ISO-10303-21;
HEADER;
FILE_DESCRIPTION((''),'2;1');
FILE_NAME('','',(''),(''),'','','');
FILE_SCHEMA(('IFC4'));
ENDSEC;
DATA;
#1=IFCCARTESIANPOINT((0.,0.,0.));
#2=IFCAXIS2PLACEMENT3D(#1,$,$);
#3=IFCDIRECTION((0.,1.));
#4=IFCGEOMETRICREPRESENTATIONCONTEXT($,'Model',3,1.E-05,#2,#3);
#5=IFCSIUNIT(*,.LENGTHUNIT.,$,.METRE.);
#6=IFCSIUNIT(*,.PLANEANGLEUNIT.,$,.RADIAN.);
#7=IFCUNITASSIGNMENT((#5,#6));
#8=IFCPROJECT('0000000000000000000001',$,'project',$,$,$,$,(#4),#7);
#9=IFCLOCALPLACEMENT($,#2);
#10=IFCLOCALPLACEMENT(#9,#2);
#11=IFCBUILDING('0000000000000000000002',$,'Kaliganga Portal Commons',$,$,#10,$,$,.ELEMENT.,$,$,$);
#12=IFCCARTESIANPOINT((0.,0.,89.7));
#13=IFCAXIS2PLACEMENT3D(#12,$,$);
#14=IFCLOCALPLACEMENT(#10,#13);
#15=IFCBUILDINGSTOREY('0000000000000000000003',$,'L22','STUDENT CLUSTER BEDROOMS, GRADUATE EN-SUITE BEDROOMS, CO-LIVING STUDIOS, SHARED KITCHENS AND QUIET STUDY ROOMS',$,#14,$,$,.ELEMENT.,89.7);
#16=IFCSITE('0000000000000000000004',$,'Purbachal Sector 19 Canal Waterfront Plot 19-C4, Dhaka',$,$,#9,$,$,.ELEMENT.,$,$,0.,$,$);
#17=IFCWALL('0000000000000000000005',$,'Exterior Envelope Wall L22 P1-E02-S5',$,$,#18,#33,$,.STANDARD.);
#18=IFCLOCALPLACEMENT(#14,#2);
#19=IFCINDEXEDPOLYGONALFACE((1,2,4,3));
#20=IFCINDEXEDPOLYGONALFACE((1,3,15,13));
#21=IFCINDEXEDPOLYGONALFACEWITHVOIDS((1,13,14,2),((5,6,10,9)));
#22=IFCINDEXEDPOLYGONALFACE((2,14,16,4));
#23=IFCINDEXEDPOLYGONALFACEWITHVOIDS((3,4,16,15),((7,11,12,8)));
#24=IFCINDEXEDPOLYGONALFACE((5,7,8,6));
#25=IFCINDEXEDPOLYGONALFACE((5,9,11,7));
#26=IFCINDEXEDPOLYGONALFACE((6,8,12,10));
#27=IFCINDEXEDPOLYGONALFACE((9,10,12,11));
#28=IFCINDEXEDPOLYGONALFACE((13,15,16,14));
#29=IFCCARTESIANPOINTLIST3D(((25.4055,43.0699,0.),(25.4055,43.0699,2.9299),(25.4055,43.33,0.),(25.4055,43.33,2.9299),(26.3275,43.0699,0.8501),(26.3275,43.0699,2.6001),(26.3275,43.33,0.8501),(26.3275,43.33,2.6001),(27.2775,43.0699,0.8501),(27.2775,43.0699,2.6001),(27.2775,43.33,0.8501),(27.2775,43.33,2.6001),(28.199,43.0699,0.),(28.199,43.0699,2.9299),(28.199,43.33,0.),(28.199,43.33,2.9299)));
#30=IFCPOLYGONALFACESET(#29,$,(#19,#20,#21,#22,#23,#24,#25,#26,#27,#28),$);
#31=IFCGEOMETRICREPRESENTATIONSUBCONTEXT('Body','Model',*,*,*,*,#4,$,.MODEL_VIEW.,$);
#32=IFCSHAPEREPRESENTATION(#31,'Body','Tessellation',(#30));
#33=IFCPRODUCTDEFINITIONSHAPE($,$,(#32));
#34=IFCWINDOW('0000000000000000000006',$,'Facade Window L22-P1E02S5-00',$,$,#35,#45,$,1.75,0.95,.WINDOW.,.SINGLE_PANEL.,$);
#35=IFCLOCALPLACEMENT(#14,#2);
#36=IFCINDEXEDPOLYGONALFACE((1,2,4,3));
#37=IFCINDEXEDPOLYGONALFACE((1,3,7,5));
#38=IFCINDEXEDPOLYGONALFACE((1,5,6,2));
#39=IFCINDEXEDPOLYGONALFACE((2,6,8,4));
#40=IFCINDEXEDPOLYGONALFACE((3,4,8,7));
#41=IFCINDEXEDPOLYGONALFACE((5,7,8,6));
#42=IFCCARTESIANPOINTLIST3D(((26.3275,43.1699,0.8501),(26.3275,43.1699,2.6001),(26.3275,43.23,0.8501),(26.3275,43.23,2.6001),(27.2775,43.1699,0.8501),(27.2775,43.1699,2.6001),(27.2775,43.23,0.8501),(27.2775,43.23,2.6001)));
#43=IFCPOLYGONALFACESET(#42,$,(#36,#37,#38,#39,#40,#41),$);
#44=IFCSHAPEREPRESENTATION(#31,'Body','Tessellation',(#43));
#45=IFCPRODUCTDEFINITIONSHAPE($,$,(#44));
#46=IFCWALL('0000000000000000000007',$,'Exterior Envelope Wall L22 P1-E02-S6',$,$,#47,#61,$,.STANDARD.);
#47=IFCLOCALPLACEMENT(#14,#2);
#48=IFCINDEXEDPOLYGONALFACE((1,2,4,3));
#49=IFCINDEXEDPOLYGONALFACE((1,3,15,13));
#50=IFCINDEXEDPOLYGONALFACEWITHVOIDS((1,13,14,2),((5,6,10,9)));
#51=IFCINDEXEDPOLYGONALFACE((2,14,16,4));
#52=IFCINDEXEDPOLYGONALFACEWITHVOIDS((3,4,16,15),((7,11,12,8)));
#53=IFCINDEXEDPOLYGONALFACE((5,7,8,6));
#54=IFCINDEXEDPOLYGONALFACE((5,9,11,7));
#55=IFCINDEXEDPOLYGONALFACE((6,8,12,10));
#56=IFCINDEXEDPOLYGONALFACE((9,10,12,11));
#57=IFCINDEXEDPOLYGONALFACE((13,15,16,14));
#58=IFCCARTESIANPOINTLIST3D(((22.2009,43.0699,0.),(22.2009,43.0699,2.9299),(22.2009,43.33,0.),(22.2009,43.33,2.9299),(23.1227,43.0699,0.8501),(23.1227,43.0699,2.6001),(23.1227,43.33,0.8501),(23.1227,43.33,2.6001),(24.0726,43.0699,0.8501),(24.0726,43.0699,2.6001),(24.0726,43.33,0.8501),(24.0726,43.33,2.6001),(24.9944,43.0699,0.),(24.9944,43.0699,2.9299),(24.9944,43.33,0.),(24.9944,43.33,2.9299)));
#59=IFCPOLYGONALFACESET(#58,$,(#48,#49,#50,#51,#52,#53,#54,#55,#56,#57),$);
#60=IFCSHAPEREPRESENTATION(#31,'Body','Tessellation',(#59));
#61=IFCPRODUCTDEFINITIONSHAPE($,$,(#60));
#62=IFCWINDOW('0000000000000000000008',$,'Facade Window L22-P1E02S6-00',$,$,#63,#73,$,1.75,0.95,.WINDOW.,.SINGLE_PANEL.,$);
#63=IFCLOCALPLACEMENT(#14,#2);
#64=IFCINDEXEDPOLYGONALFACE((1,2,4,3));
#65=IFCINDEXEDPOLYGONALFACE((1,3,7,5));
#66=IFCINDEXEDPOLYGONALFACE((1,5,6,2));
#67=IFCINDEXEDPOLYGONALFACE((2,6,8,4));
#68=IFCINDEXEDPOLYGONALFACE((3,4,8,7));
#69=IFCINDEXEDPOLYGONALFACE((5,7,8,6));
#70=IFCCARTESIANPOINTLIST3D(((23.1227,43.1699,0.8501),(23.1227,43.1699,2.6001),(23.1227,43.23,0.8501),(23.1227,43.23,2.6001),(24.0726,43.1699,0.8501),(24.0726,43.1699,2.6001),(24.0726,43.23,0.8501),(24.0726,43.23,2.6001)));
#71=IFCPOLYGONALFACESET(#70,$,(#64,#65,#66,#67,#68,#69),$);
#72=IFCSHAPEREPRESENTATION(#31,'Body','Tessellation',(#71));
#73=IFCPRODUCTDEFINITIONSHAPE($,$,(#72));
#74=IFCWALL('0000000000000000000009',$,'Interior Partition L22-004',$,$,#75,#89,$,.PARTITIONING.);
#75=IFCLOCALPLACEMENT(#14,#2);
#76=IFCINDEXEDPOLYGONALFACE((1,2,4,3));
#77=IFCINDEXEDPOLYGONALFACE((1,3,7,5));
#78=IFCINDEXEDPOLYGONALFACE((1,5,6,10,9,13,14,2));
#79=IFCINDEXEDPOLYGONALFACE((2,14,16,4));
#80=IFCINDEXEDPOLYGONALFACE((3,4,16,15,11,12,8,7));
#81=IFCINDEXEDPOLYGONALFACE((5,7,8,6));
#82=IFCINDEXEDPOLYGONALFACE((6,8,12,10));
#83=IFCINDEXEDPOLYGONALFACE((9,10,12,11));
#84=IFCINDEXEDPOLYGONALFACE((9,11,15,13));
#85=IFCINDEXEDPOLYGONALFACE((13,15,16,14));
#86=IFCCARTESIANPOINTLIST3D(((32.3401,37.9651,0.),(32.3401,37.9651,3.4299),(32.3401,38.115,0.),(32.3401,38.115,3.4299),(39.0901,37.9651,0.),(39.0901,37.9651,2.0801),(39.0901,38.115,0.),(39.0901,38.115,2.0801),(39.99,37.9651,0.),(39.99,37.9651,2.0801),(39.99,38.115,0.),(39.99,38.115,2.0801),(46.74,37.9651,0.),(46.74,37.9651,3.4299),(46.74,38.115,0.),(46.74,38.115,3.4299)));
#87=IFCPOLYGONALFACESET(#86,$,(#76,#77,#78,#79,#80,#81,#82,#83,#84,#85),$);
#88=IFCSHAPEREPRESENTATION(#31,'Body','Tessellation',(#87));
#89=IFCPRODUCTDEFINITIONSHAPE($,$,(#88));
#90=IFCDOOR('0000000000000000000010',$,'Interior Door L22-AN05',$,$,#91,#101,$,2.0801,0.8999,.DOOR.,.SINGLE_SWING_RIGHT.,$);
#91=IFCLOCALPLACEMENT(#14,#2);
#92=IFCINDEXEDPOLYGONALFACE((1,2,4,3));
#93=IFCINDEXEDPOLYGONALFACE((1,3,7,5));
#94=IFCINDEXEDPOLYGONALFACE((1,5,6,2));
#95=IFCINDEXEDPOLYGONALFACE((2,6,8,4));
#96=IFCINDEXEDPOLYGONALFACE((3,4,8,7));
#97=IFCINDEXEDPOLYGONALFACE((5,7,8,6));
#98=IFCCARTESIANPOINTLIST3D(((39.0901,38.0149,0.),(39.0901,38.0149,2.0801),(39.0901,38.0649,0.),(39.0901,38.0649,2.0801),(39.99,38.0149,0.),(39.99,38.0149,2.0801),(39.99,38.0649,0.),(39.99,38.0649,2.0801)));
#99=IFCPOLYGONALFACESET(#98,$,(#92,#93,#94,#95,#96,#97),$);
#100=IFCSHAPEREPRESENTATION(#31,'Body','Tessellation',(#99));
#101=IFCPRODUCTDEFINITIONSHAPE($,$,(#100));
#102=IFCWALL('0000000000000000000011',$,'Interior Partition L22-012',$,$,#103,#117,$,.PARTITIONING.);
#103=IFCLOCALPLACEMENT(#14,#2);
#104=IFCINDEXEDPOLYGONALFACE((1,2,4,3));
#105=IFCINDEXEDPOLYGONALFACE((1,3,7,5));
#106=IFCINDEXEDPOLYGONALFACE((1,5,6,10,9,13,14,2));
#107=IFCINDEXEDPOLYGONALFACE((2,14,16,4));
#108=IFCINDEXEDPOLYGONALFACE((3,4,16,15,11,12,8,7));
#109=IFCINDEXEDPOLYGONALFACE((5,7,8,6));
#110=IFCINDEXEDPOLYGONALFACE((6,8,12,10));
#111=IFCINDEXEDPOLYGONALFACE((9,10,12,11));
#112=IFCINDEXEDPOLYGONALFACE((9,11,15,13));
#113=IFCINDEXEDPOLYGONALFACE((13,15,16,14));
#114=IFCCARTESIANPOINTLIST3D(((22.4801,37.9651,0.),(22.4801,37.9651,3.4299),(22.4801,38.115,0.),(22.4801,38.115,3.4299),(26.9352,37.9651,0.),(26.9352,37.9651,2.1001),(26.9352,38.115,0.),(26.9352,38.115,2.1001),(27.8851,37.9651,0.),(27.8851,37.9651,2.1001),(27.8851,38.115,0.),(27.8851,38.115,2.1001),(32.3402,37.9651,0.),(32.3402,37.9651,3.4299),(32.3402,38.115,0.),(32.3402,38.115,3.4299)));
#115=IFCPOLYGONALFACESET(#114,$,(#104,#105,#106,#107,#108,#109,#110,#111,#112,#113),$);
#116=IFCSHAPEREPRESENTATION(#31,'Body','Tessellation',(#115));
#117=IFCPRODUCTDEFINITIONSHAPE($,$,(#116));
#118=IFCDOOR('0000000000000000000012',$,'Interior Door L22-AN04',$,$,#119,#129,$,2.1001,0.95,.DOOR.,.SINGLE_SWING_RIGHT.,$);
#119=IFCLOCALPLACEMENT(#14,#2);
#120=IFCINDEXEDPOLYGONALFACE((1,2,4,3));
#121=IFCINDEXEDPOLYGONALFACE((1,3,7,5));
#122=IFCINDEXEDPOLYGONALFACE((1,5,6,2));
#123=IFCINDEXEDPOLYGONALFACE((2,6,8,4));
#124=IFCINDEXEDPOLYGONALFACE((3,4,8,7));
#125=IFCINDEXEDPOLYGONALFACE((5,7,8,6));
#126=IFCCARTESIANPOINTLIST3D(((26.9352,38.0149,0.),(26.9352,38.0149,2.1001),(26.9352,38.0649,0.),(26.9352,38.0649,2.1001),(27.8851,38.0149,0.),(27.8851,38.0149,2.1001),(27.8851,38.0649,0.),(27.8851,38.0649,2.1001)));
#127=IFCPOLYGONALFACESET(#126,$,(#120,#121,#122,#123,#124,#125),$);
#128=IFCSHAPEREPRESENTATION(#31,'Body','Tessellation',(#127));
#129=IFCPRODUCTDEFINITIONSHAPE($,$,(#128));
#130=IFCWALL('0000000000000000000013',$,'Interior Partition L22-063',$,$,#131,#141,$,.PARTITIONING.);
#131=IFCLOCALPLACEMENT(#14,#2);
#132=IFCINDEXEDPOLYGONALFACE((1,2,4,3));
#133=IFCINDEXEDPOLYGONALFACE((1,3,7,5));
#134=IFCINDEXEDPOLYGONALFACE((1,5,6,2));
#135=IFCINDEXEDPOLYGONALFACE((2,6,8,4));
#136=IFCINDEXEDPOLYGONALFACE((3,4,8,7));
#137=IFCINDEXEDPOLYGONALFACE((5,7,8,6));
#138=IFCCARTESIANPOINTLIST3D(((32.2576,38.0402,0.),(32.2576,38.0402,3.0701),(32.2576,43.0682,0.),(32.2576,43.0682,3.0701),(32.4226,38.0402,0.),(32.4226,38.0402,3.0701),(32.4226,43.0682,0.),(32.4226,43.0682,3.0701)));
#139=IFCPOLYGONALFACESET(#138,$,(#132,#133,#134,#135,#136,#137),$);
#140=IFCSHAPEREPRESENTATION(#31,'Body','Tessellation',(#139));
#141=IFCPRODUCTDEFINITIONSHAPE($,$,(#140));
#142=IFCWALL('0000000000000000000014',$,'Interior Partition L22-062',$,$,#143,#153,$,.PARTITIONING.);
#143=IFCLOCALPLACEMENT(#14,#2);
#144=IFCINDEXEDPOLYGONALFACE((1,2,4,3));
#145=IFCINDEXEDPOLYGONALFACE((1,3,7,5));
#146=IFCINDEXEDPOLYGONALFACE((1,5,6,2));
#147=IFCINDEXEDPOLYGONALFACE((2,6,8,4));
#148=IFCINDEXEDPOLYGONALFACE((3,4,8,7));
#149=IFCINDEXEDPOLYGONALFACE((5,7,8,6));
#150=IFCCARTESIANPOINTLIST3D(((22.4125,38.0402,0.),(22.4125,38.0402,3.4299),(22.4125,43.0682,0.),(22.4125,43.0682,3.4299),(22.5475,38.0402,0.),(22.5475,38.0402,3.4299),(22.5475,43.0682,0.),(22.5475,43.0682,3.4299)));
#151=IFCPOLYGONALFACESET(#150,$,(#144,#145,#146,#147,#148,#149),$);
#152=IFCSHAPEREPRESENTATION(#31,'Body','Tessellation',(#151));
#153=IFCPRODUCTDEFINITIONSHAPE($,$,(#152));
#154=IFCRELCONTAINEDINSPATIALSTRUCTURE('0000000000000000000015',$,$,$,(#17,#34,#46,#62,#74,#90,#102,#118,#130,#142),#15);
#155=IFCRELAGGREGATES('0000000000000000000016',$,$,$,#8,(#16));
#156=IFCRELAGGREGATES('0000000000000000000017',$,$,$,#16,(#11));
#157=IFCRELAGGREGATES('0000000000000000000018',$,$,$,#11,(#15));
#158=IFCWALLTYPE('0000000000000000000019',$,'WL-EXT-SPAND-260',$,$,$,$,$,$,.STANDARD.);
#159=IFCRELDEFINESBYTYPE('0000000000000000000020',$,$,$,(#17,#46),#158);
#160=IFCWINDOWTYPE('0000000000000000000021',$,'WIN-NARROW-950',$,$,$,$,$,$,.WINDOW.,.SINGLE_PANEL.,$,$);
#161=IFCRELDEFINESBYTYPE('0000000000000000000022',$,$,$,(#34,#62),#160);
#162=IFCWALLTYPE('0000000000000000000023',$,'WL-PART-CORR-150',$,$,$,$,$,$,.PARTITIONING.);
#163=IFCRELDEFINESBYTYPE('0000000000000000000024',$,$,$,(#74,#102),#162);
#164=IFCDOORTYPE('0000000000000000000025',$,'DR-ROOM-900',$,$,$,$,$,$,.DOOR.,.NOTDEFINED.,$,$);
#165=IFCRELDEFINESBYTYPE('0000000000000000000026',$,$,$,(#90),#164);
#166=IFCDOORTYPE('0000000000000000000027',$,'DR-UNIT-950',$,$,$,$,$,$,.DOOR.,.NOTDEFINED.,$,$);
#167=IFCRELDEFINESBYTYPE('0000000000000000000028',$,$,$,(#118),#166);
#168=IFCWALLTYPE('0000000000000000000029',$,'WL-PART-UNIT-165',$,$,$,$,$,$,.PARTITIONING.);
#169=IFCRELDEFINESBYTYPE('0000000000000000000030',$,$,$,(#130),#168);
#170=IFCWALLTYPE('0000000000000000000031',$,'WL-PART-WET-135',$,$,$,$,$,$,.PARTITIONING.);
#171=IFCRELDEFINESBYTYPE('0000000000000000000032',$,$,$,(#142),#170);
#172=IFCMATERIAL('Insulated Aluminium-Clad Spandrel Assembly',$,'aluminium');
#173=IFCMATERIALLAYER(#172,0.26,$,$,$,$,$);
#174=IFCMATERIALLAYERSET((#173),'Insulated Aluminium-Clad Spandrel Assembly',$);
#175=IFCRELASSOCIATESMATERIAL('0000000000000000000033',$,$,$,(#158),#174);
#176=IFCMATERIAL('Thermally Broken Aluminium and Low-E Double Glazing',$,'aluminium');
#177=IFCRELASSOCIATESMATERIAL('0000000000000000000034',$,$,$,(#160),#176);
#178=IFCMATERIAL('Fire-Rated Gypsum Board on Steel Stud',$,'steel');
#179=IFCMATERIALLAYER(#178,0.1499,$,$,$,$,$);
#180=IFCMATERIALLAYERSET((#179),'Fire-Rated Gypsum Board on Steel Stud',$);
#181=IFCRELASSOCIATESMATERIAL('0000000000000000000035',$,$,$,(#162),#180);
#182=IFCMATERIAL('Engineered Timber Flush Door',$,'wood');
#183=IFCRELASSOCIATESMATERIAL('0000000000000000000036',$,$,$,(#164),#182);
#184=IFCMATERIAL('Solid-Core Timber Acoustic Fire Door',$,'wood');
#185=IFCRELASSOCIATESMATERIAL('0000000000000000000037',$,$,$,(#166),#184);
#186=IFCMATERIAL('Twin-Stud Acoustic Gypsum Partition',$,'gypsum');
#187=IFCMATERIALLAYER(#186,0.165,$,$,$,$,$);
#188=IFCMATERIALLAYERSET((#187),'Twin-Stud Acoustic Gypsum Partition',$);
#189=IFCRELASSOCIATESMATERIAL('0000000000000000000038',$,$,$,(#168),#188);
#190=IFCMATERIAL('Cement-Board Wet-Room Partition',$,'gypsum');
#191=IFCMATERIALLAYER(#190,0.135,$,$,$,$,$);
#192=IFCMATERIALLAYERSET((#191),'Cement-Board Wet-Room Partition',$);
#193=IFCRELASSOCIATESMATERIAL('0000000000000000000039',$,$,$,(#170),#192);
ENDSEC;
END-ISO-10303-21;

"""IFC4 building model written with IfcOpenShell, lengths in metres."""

from ifc_helpers import new_model, si_unit, direction, frame, frame_2d, origin, place, context, subcontext, project, spatial, rectangle, extrude, material, layer, layer_set, type_object, element, fill, save


model = new_model("IFC4")

# Units and contexts
model_context = context("Model", 3, precision=1e-05, world=origin(), true_north=direction((0.0, 1.0)))
body_context = subcontext(model_context, "Body", "Model", "MODEL_VIEW")
ifc_project = project(units=[si_unit("LENGTHUNIT", "METRE"), si_unit("PLANEANGLEUNIT", "RADIAN")], contexts=[model_context])

# Site, building, storey
site_placement = place(None, origin())
site = spatial("IfcSite", under=ifc_project, at=site_placement, Name="Purbachal Sector 19 Canal Waterfront Plot 19-C4, Dhaka", CompositionType="ELEMENT", RefElevation=0.0)
building_placement = place(site_placement, origin())
building = spatial("IfcBuilding", under=site, at=building_placement, Name="Kaliganga Portal Commons", CompositionType="ELEMENT")
storey_placement = place(building_placement, frame((0.0, 0.0, 89.7)))
storey = spatial("IfcBuildingStorey", under=building, at=storey_placement, Name="L22", Description="STUDENT CLUSTER BEDROOMS, GRADUATE EN-SUITE BEDROOMS, CO-LIVING STUDIOS, SHARED KITCHENS AND QUIET STUDY ROOMS", CompositionType="ELEMENT", Elevation=89.7)

# Walls, openings, windows
ifc_material_1 = material(Name="Insulated Aluminium-Clad Spandrel Assembly", Category="aluminium")
ifc_layer_1 = layer(ifc_material_1, 0.26)
ifc_layer_set_1 = layer_set([ifc_layer_1], Name="Insulated Aluminium-Clad Spandrel Assembly")
wall_type_1 = type_object("IfcWallType", Name="WL-EXT-SPAND-260", PredefinedType="STANDARD", material=ifc_layer_set_1)
ifc_material_2 = material(Name="Thermally Broken Aluminium and Low-E Double Glazing", Category="aluminium")
window_type = type_object("IfcWindowType", Name="WIN-NARROW-950", PartitioningType="SINGLE_PANEL", PredefinedType="WINDOW", material=ifc_material_2)
wall_1_placement = place(storey_placement, frame((25.4055, 43.2, 0.0), z_axis=(0.0, 0.0, 1.0), x_axis=(1.0, 0.0, 0.0)))
wall_1 = element("IfcWall", 1, at=wall_1_placement, inside=storey, type_object=wall_type_1, Name="Exterior Envelope Wall L22 P1-E02-S5", PredefinedType="STANDARD", context=body_context, shape_type="SweptSolid", body=[
    extrude(rectangle(XDim=2.7935, YDim=0.26, at=frame_2d((1.3967, 0.0))), origin(), (0.0, 0.0, 1.0), 2.9299),
])
opening_1_placement = place(wall_1_placement, frame((0.9219, 0.0, 0.8501)))
opening_1 = element("IfcOpeningElement", 2, at=opening_1_placement, cuts=wall_1, PredefinedType="OPENING", context=body_context, shape_type="SweptSolid", body=[
    extrude(rectangle(XDim=0.95, YDim=1.75, at=frame_2d((0.4751, 0.875))), frame((0.0, 0.1401, 0.0), z_axis=(0.0, -1.0, 0.0), x_axis=(1.0, 0.0, 0.0)), (0.0, 0.0, 1.0), 0.28),
])
window_1_placement = place(opening_1_placement, origin())
window_1 = element("IfcWindow", 3, at=window_1_placement, inside=storey, type_object=window_type, Name="Facade Window L22-P1E02S5-00", OverallHeight=1.75, OverallWidth=0.95, PartitioningType="SINGLE_PANEL", PredefinedType="WINDOW", context=body_context, shape_type="SweptSolid", body=[
    extrude(rectangle(XDim=0.95, YDim=1.75, at=frame_2d((0.4751, 0.875))), frame((0.0, 0.03, 0.0), z_axis=(0.0, -1.0, 0.0), x_axis=(1.0, 0.0, 0.0)), (0.0, 0.0, 1.0), 0.0601),
])
fill(opening_1, window_1)
wall_2_placement = place(storey_placement, frame((22.2009, 43.2, 0.0), z_axis=(0.0, 0.0, 1.0), x_axis=(1.0, 0.0, 0.0)))
wall_2 = element("IfcWall", 4, at=wall_2_placement, inside=storey, type_object=wall_type_1, Name="Exterior Envelope Wall L22 P1-E02-S6", PredefinedType="STANDARD", context=body_context, shape_type="SweptSolid", body=[
    extrude(rectangle(XDim=2.7935, YDim=0.26, at=frame_2d((1.3967, 0.0))), origin(), (0.0, 0.0, 1.0), 2.9299),
])
opening_2_placement = place(wall_2_placement, frame((0.9216, 0.0, 0.8501)))
opening_2 = element("IfcOpeningElement", 5, at=opening_2_placement, cuts=wall_2, PredefinedType="OPENING", context=body_context, shape_type="SweptSolid", body=[
    extrude(rectangle(XDim=0.95, YDim=1.75, at=frame_2d((0.4751, 0.875))), frame((0.0, 0.1401, 0.0), z_axis=(0.0, -1.0, 0.0), x_axis=(1.0, 0.0, 0.0)), (0.0, 0.0, 1.0), 0.28),
])
window_2_placement = place(opening_2_placement, origin())
window_2 = element("IfcWindow", 6, at=window_2_placement, inside=storey, type_object=window_type, Name="Facade Window L22-P1E02S6-00", OverallHeight=1.75, OverallWidth=0.95, PartitioningType="SINGLE_PANEL", PredefinedType="WINDOW", context=body_context, shape_type="SweptSolid", body=[
    extrude(rectangle(XDim=0.95, YDim=1.75, at=frame_2d((0.4751, 0.875))), frame((0.0, 0.03, 0.0), z_axis=(0.0, -1.0, 0.0), x_axis=(1.0, 0.0, 0.0)), (0.0, 0.0, 1.0), 0.0601),
])
fill(opening_2, window_2)

# Walls, openings, doors
ifc_material_3 = material(Name="Fire-Rated Gypsum Board on Steel Stud", Category="steel")
ifc_layer_2 = layer(ifc_material_3, 0.1499)
ifc_layer_set_2 = layer_set([ifc_layer_2], Name="Fire-Rated Gypsum Board on Steel Stud")
wall_type_2 = type_object("IfcWallType", Name="WL-PART-CORR-150", PredefinedType="PARTITIONING", material=ifc_layer_set_2)
wall_3_placement = place(storey_placement, frame((32.3401, 38.04, 0.0), z_axis=(0.0, 0.0, 1.0), x_axis=(1.0, 0.0, 0.0)))
wall_3 = element("IfcWall", 7, at=wall_3_placement, inside=storey, type_object=wall_type_2, Name="Interior Partition L22-004", PredefinedType="PARTITIONING", context=body_context, shape_type="SweptSolid", body=[
    extrude(rectangle(XDim=14.3999, YDim=0.1499, at=frame_2d((7.2, 0.0))), origin(), (0.0, 0.0, 1.0), 3.4299),
])
opening_3_placement = place(wall_3_placement, frame((6.75, 0.0, 0.0)))
opening_3 = element("IfcOpeningElement", 8, at=opening_3_placement, cuts=wall_3, PredefinedType="OPENING", context=body_context, shape_type="SweptSolid", body=[
    extrude(rectangle(XDim=0.8999, YDim=2.0801, at=frame_2d((0.45, 1.04))), frame((0.0, 0.085, 0.0), z_axis=(0.0, -1.0, 0.0), x_axis=(1.0, 0.0, 0.0)), (0.0, 0.0, 1.0), 0.1699),
])
ifc_material_4 = material(Name="Engineered Timber Flush Door", Category="wood")
door_type_1 = type_object("IfcDoorType", Name="DR-ROOM-900", OperationType="NOTDEFINED", PredefinedType="DOOR", material=ifc_material_4)
door_1_placement = place(opening_3_placement, origin())
door_1 = element("IfcDoor", 9, at=door_1_placement, inside=storey, type_object=door_type_1, Name="Interior Door L22-AN05", OperationType="SINGLE_SWING_RIGHT", OverallHeight=2.0801, OverallWidth=0.8999, PredefinedType="DOOR", context=body_context, shape_type="SweptSolid", body=[
    extrude(rectangle(XDim=0.8999, YDim=2.0801, at=frame_2d((0.45, 1.04))), frame((0.0, 0.0249, 0.0), z_axis=(0.0, -1.0, 0.0), x_axis=(1.0, 0.0, 0.0)), (0.0, 0.0, 1.0), 0.05),
])
fill(opening_3, door_1)
wall_4_placement = place(storey_placement, frame((22.48, 38.04, 0.0), z_axis=(0.0, 0.0, 1.0), x_axis=(1.0, 0.0, 0.0)))
wall_4 = element("IfcWall", 10, at=wall_4_placement, inside=storey, type_object=wall_type_2, Name="Interior Partition L22-012", PredefinedType="PARTITIONING", context=body_context, shape_type="SweptSolid", body=[
    extrude(rectangle(XDim=9.8601, YDim=0.1499, at=frame_2d((4.9302, 0.0))), origin(), (0.0, 0.0, 1.0), 3.4299),
])
opening_4_placement = place(wall_4_placement, frame((4.4551, 0.0, 0.0)))
opening_4 = element("IfcOpeningElement", 11, at=opening_4_placement, cuts=wall_4, PredefinedType="OPENING", context=body_context, shape_type="SweptSolid", body=[
    extrude(rectangle(XDim=0.95, YDim=2.1001, at=frame_2d((0.4751, 1.05))), frame((0.0, 0.085, 0.0), z_axis=(0.0, -1.0, 0.0), x_axis=(1.0, 0.0, 0.0)), (0.0, 0.0, 1.0), 0.1699),
])
ifc_material_5 = material(Name="Solid-Core Timber Acoustic Fire Door", Category="wood")
door_type_2 = type_object("IfcDoorType", Name="DR-UNIT-950", OperationType="NOTDEFINED", PredefinedType="DOOR", material=ifc_material_5)
door_2_placement = place(opening_4_placement, origin())
door_2 = element("IfcDoor", 12, at=door_2_placement, inside=storey, type_object=door_type_2, Name="Interior Door L22-AN04", OperationType="SINGLE_SWING_RIGHT", OverallHeight=2.1001, OverallWidth=0.95, PredefinedType="DOOR", context=body_context, shape_type="SweptSolid", body=[
    extrude(rectangle(XDim=0.95, YDim=2.1001, at=frame_2d((0.4751, 1.05))), frame((0.0, 0.0249, 0.0), z_axis=(0.0, -1.0, 0.0), x_axis=(1.0, 0.0, 0.0)), (0.0, 0.0, 1.0), 0.05),
])
fill(opening_4, door_2)

# Walls
ifc_material_6 = material(Name="Twin-Stud Acoustic Gypsum Partition", Category="gypsum")
ifc_layer_3 = layer(ifc_material_6, 0.165)
ifc_layer_set_3 = layer_set([ifc_layer_3], Name="Twin-Stud Acoustic Gypsum Partition")
wall_type_3 = type_object("IfcWallType", Name="WL-PART-UNIT-165", PredefinedType="PARTITIONING", material=ifc_layer_set_3)
wall_5_placement = place(storey_placement, frame((32.3401, 38.04, 0.0), z_axis=(0.0, 0.0, 1.0), x_axis=(0.0, 1.0, 0.0)))
element("IfcWall", 13, at=wall_5_placement, inside=storey, type_object=wall_type_3, Name="Interior Partition L22-063", PredefinedType="PARTITIONING", context=body_context, shape_type="SweptSolid", body=[
    extrude(rectangle(XDim=5.0281, YDim=0.165, at=frame_2d((2.5142, 0.0))), origin(), (0.0, 0.0, 1.0), 3.0701),
])
ifc_material_7 = material(Name="Cement-Board Wet-Room Partition", Category="gypsum")
ifc_layer_4 = layer(ifc_material_7, 0.135)
ifc_layer_set_4 = layer_set([ifc_layer_4], Name="Cement-Board Wet-Room Partition")
wall_type_4 = type_object("IfcWallType", Name="WL-PART-WET-135", PredefinedType="PARTITIONING", material=ifc_layer_set_4)
wall_6_placement = place(storey_placement, frame((22.48, 38.04, 0.0), z_axis=(0.0, 0.0, 1.0), x_axis=(0.0, 1.0, 0.0)))
element("IfcWall", 14, at=wall_6_placement, inside=storey, type_object=wall_type_4, Name="Interior Partition L22-062", PredefinedType="PARTITIONING", context=body_context, shape_type="SweptSolid", body=[
    extrude(rectangle(XDim=5.0281, YDim=0.135, at=frame_2d((2.5142, 0.0))), origin(), (0.0, 0.0, 1.0), 3.4299),
])

save(model, "model.ifc")
